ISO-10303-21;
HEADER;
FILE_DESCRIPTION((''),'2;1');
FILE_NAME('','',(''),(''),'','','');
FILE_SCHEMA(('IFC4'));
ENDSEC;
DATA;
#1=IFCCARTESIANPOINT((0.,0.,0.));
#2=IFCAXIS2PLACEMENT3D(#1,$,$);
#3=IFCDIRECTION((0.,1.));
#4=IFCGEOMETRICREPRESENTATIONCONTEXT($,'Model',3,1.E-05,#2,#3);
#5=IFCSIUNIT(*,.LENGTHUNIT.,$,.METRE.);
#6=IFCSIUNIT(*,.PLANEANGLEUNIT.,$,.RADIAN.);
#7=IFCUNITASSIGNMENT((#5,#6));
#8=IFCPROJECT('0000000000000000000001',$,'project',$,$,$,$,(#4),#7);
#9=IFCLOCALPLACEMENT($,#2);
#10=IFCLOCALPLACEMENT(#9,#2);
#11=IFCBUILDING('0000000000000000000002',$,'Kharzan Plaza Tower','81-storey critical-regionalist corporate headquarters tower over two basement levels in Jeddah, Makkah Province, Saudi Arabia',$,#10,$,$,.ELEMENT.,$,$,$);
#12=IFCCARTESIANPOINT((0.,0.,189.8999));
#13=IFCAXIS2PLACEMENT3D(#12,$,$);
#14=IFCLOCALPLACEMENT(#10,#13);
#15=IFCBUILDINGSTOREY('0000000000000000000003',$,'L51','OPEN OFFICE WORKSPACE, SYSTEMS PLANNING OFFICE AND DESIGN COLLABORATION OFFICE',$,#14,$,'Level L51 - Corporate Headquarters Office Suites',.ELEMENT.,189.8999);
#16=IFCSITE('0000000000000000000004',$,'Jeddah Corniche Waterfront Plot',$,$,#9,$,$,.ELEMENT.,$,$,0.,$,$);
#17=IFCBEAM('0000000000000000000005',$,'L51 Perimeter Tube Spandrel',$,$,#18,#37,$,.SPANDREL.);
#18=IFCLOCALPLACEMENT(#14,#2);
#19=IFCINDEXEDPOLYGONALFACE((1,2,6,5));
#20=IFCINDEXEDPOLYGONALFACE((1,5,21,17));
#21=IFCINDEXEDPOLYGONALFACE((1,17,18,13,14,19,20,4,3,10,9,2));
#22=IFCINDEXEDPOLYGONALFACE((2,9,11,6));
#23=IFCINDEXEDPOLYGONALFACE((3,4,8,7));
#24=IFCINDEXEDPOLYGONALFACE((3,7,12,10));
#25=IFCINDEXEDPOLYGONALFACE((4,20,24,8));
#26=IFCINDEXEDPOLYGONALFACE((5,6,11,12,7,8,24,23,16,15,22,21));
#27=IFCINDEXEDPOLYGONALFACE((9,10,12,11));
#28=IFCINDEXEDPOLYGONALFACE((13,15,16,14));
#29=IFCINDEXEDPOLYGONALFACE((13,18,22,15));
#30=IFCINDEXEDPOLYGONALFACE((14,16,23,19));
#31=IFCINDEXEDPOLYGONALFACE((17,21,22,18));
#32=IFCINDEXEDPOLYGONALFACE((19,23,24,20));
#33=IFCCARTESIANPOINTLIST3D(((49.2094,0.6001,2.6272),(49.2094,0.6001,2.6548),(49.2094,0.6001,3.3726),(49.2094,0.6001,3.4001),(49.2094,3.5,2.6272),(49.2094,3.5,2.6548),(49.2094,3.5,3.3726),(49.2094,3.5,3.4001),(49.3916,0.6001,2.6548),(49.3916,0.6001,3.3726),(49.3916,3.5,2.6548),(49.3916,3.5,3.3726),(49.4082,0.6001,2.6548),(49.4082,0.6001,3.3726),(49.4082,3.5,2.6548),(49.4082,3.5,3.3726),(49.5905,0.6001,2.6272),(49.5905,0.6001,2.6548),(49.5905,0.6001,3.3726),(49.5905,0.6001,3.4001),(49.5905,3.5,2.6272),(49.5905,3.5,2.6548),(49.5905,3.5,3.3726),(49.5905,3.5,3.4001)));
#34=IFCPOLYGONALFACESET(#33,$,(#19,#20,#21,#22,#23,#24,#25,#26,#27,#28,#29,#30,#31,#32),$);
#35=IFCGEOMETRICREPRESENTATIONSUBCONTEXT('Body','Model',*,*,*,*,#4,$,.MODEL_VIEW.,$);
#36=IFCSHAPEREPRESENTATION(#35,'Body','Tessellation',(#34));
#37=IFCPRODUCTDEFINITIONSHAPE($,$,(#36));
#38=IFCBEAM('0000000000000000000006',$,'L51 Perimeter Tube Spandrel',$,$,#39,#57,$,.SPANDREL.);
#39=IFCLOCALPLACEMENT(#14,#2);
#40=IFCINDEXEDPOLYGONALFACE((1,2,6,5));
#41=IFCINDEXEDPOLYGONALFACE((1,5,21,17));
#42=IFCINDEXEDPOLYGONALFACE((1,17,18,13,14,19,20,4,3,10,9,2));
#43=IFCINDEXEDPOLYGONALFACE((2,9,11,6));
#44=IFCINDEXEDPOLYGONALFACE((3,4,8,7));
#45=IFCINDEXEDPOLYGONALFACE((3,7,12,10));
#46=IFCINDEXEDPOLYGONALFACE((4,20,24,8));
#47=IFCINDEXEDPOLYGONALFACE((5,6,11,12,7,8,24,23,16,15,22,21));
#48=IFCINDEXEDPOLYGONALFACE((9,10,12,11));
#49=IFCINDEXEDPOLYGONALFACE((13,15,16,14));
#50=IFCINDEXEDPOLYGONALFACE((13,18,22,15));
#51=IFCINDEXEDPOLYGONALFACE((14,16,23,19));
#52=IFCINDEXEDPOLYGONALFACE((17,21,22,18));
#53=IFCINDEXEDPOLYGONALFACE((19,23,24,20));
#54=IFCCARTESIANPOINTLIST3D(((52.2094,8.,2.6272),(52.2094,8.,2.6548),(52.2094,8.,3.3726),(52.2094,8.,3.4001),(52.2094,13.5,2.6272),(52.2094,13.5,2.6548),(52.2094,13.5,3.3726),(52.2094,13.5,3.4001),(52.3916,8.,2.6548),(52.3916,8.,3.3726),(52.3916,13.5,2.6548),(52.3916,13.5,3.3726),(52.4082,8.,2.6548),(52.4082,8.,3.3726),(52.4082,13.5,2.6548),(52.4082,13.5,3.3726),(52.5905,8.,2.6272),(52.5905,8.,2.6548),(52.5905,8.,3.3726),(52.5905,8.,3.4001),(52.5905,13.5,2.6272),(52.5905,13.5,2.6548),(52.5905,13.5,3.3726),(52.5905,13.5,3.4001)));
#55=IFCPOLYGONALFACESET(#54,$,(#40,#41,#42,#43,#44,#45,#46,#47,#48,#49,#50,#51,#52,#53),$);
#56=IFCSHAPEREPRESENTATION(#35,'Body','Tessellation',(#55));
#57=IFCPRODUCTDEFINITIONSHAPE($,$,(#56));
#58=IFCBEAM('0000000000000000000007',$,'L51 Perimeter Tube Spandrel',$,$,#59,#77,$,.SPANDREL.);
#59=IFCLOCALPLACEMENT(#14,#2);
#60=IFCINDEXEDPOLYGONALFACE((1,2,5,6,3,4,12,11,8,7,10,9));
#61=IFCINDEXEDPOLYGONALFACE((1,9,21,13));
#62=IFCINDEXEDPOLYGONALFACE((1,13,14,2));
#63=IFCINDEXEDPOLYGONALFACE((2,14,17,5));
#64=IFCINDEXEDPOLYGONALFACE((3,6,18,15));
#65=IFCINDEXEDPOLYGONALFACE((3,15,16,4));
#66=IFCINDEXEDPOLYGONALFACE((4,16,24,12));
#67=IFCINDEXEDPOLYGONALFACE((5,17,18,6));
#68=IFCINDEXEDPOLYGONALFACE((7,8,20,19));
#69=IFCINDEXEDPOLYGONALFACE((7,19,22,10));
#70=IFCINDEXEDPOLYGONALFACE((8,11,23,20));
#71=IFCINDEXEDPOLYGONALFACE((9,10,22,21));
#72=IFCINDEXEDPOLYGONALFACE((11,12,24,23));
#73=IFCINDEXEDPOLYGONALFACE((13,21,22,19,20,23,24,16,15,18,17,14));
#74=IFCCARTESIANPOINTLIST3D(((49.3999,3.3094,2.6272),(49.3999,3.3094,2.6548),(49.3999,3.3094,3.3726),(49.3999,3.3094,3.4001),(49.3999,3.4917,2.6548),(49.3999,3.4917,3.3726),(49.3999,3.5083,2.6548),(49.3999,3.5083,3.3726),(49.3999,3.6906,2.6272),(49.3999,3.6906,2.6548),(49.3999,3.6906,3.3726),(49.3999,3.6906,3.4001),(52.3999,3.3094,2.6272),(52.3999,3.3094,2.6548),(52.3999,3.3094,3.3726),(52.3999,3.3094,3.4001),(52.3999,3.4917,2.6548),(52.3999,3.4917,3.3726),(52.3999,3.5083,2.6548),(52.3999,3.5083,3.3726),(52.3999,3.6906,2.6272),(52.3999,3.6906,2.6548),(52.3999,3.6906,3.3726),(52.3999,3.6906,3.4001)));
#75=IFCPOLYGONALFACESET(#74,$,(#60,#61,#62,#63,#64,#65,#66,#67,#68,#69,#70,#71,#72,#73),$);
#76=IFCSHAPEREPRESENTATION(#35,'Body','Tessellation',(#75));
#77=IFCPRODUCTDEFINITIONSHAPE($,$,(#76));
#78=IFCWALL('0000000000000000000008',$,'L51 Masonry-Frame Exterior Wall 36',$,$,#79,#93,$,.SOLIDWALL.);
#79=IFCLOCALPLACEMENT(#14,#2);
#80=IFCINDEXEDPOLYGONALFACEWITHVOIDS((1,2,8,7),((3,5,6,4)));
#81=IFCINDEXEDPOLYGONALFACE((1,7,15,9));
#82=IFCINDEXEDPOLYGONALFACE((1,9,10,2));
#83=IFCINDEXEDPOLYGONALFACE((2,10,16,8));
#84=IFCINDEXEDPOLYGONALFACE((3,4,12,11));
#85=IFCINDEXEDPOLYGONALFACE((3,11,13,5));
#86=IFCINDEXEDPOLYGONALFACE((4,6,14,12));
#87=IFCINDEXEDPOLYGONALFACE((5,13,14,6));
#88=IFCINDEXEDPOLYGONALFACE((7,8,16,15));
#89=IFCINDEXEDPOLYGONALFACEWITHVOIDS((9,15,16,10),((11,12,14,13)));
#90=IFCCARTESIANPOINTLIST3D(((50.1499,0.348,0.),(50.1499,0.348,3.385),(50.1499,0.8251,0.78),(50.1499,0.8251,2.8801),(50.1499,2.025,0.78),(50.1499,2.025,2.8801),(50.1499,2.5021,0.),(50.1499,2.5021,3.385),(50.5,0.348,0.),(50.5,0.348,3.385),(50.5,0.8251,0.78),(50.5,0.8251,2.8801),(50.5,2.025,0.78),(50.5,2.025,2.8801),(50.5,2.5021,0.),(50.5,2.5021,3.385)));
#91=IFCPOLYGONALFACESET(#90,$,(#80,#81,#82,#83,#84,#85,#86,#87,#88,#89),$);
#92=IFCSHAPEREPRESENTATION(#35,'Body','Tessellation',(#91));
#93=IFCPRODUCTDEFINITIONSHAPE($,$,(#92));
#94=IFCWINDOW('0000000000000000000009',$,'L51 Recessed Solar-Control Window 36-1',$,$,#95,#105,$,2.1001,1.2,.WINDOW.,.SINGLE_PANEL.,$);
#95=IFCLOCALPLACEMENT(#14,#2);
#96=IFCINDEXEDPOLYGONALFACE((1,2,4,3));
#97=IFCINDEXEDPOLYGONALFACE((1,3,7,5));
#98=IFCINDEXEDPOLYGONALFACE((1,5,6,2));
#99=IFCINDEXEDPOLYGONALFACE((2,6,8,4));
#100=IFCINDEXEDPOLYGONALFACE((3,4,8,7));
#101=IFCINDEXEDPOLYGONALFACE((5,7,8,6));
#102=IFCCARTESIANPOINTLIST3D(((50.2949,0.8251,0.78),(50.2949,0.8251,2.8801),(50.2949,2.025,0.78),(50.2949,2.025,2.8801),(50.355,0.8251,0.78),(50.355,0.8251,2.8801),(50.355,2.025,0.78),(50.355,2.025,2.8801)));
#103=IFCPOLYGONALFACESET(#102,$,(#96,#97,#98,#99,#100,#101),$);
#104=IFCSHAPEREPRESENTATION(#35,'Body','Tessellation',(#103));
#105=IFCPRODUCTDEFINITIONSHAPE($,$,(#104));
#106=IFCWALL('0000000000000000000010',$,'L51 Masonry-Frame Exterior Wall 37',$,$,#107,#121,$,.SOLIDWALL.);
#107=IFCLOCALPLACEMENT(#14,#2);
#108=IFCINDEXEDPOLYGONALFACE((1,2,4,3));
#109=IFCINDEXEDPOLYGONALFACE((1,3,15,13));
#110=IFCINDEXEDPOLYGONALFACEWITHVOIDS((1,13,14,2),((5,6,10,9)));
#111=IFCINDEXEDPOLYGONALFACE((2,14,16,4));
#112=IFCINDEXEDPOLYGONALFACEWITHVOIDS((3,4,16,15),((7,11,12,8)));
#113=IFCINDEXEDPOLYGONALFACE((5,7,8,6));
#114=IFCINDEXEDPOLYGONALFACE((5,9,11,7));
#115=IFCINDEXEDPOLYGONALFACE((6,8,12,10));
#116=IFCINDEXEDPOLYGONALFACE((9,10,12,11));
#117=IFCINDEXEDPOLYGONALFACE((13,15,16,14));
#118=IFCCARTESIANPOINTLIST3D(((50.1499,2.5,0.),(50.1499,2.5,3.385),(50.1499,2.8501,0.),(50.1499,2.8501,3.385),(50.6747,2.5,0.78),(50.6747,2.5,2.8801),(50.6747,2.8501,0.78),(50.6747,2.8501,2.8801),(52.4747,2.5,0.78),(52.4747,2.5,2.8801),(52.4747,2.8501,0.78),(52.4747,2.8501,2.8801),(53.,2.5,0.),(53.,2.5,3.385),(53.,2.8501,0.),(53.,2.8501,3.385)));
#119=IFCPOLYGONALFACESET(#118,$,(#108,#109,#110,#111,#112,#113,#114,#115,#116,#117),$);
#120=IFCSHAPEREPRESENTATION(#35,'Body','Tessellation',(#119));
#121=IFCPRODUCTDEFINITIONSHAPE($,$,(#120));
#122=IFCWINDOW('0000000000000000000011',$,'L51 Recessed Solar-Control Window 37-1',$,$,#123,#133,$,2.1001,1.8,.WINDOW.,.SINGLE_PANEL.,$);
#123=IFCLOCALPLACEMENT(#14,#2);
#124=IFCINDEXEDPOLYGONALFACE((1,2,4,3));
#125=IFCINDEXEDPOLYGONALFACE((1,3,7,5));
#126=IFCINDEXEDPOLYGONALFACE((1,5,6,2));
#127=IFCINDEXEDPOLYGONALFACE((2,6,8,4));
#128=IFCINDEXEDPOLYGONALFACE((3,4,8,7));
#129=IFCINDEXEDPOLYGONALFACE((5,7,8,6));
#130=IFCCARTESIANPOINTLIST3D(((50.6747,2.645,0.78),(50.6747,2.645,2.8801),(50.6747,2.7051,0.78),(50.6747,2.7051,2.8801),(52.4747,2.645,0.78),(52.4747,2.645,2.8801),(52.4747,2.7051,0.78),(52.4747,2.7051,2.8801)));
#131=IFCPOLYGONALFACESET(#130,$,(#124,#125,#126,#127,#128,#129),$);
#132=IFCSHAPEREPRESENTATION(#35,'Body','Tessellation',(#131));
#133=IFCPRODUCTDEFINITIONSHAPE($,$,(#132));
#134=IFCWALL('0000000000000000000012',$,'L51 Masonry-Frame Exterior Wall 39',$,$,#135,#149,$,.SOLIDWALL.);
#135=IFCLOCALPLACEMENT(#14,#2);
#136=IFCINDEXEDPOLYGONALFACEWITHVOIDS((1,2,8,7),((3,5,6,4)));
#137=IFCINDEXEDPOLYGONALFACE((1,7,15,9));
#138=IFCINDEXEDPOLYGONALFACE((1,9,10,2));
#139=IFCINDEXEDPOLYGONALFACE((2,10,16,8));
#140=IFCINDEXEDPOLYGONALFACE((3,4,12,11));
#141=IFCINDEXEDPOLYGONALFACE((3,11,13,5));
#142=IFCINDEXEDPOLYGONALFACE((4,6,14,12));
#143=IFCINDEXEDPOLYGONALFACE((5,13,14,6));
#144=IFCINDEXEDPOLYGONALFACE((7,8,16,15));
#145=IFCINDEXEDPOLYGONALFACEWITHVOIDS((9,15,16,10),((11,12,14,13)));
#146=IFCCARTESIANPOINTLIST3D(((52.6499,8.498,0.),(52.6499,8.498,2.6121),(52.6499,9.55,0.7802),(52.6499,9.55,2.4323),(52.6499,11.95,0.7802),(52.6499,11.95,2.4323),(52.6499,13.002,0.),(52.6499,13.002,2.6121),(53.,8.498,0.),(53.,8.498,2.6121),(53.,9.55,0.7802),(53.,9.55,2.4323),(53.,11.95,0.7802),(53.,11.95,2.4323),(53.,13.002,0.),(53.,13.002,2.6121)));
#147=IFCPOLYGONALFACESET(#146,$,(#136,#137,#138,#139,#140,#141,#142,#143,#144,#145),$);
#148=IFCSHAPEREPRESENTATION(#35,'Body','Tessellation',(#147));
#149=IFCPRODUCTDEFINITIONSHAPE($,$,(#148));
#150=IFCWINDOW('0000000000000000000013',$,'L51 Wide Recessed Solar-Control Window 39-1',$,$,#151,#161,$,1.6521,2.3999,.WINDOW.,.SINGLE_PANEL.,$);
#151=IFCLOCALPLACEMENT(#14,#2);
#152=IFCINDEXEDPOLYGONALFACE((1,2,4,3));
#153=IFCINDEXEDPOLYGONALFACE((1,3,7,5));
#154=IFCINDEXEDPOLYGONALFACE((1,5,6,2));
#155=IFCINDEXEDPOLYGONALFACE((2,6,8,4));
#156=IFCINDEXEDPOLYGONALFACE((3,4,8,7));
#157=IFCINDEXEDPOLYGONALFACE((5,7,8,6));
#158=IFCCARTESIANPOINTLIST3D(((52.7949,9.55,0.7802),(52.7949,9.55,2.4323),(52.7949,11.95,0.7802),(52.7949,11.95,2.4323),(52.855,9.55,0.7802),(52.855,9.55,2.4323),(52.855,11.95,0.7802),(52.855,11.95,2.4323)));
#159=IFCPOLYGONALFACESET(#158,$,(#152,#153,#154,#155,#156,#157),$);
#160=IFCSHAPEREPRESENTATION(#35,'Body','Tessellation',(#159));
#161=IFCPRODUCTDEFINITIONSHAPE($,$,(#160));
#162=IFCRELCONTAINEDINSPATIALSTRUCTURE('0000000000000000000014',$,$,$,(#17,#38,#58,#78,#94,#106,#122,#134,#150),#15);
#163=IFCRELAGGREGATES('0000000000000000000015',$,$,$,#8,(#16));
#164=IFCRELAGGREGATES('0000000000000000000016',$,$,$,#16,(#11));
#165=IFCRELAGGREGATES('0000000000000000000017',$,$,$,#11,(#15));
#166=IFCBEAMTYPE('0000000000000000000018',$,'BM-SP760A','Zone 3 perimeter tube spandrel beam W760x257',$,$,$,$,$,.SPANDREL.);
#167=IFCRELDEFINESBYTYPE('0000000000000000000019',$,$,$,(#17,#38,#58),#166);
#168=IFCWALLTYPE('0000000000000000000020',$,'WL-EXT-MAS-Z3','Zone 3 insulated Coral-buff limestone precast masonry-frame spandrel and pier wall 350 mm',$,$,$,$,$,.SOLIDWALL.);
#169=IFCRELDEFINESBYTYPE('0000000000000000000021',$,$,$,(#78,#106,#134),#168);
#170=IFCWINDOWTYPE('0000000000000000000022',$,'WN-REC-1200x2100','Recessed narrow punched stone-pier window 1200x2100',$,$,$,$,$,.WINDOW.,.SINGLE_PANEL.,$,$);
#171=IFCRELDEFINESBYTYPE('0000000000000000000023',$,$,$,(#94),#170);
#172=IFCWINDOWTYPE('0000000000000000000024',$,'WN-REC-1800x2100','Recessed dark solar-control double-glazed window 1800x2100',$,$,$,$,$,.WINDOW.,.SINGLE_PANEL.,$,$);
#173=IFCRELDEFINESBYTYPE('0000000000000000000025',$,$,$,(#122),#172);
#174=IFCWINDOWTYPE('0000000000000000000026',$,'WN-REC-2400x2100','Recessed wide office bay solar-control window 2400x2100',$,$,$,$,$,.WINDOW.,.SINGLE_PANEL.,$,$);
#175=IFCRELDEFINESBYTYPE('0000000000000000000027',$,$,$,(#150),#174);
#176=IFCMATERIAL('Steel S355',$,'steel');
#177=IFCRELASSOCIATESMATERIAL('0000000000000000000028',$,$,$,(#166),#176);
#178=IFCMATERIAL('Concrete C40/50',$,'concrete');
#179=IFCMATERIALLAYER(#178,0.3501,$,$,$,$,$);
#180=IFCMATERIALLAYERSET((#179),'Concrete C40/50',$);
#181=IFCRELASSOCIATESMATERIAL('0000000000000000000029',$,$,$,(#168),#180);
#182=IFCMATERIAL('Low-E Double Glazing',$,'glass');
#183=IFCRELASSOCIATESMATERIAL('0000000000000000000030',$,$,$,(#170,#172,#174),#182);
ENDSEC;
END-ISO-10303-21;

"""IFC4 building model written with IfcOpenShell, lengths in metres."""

from ifc_helpers import new_model, si_unit, direction, frame, frame_2d, origin, origin_2d, place, context, subcontext, project, spatial, rectangle, i_section, extrude, source, transform, mapped, material, layer, layer_set, material_profile, profile_set, type_object, element, fill, save


model = new_model("IFC4")

# Units and contexts
model_context = context("Model", 3, precision=1e-05, world=origin(), true_north=direction((0.0, 1.0)))
body_context = subcontext(model_context, "Body", "Model", "MODEL_VIEW")
ifc_project = project(units=[si_unit("LENGTHUNIT", "METRE"), si_unit("PLANEANGLEUNIT", "RADIAN")], contexts=[model_context])

# Site, building, storey
site_placement = place(None, origin())
site = spatial("IfcSite", under=ifc_project, at=site_placement, Name="Jeddah Corniche Waterfront Plot", CompositionType="ELEMENT", RefElevation=0.0)
building_placement = place(site_placement, origin())
building = spatial("IfcBuilding", under=site, at=building_placement, Name="Kharzan Plaza Tower", Description="81-storey critical-regionalist corporate headquarters tower over two basement levels in Jeddah, Makkah Province, Saudi Arabia", CompositionType="ELEMENT")
storey_placement = place(building_placement, frame((0.0, 0.0, 189.8999)))
storey = spatial("IfcBuildingStorey", under=building, at=storey_placement, Name="L51", Description="OPEN OFFICE WORKSPACE, SYSTEMS PLANNING OFFICE AND DESIGN COLLABORATION OFFICE", LongName="Level L51 - Corporate Headquarters Office Suites", CompositionType="ELEMENT", Elevation=189.8999)

# Beams
ifc_material_1 = material(Name="Steel S355", Category="steel")
ifc_material_profile_1 = material_profile(ifc_material_1, i_section(OverallWidth=0.3811, OverallDepth=0.7729, WebThickness=0.0166, FlangeThickness=0.0276, at=origin_2d()), Name="W760x257")
ifc_profile_set_1 = profile_set([ifc_material_profile_1], Name="Steel S355")
beam_type_1 = type_object("IfcBeamType", Name="BM-SP760A", Description="Zone 3 perimeter tube spandrel beam W760x257", PredefinedType="SPANDREL", material=ifc_profile_set_1)
shared_shape_1 = source(origin(), body_context, "Body", "SweptSolid", [
    extrude(i_section(OverallWidth=0.3811, OverallDepth=0.7729, WebThickness=0.0166, FlangeThickness=0.0276, at=origin_2d()), origin(), (0.0, 0.0, 1.0), 2.8999),
])
beam_1_placement = place(storey_placement, frame((49.3999, 0.6001, 3.0137), z_axis=(0.0, 1.0, 0.0), x_axis=(-1.0, 0.0, 0.0)))
element("IfcBeam", 1, at=beam_1_placement, inside=storey, type_object=beam_type_1, Name="L51 Perimeter Tube Spandrel", PredefinedType="SPANDREL", context=body_context, shape_type="MappedRepresentation", body=[
    mapped(shared_shape_1, transform((0.0, 0.0, 0.0), x_axis=(1.0, 0.0, 0.0), y_axis=(0.0, 1.0, 0.0), z_axis=(0.0, 0.0, 1.0))),
])
shared_shape_2 = source(origin(), body_context, "Body", "SweptSolid", [
    extrude(i_section(OverallWidth=0.3811, OverallDepth=0.7729, WebThickness=0.0166, FlangeThickness=0.0276, at=origin_2d()), origin(), (0.0, 0.0, 1.0), 5.5),
])
beam_2_placement = place(storey_placement, frame((52.3999, 8.0, 3.0137), z_axis=(0.0, 1.0, 0.0), x_axis=(-1.0, 0.0, 0.0)))
element("IfcBeam", 2, at=beam_2_placement, inside=storey, type_object=beam_type_1, Name="L51 Perimeter Tube Spandrel", PredefinedType="SPANDREL", context=body_context, shape_type="MappedRepresentation", body=[
    mapped(shared_shape_2, transform((0.0, 0.0, 0.0), x_axis=(1.0, 0.0, 0.0), y_axis=(0.0, 1.0, 0.0), z_axis=(0.0, 0.0, 1.0))),
])
shared_shape_3 = source(origin(), body_context, "Body", "SweptSolid", [
    extrude(i_section(OverallWidth=0.3811, OverallDepth=0.7729, WebThickness=0.0166, FlangeThickness=0.0276, at=origin_2d()), origin(), (0.0, 0.0, 1.0), 3.0),
])
beam_3_placement = place(storey_placement, frame((49.3999, 3.5, 3.0137), z_axis=(1.0, 0.0, 0.0), x_axis=(0.0, 1.0, 0.0)))
element("IfcBeam", 3, at=beam_3_placement, inside=storey, type_object=beam_type_1, Name="L51 Perimeter Tube Spandrel", PredefinedType="SPANDREL", context=body_context, shape_type="MappedRepresentation", body=[
    mapped(shared_shape_3, transform((0.0, 0.0, 0.0), x_axis=(1.0, 0.0, 0.0), y_axis=(0.0, 1.0, 0.0), z_axis=(0.0, 0.0, 1.0))),
])

# Walls, openings, windows
ifc_material_2 = material(Name="Concrete C40/50", Category="concrete")
ifc_layer_1 = layer(ifc_material_2, 0.3501)
ifc_layer_set_1 = layer_set([ifc_layer_1], Name="Concrete C40/50")
wall_type_1 = type_object("IfcWallType", Name="WL-EXT-MAS-Z3", Description="Zone 3 insulated Coral-buff limestone precast masonry-frame spandrel and pier wall 350 mm", PredefinedType="SOLIDWALL", material=ifc_layer_set_1)
wall_1_placement = place(storey_placement, frame((50.325, 0.3479, 0.0), z_axis=(0.0, 0.0, 1.0), x_axis=(0.0, 1.0, 0.0)))
wall_1 = element("IfcWall", 4, at=wall_1_placement, inside=storey, type_object=wall_type_1, Name="L51 Masonry-Frame Exterior Wall 36", PredefinedType="SOLIDWALL", context=body_context, shape_type="SweptSolid", body=[
    extrude(rectangle(XDim=2.1541, YDim=0.3501, at=frame_2d((1.0771, 0.0))), origin(), (0.0, 0.0, 1.0), 3.385),
])
opening_1_placement = place(wall_1_placement, frame((0.4771, 0.0, 0.78)))
opening_1 = element("IfcOpeningElement", 5, at=opening_1_placement, cuts=wall_1, PredefinedType="OPENING", context=body_context, shape_type="SweptSolid", body=[
    extrude(rectangle(XDim=1.2, YDim=2.1001, at=frame_2d((0.6001, 1.05))), frame((0.0, 0.1851, 0.0), z_axis=(0.0, -1.0, 0.0), x_axis=(1.0, 0.0, 0.0)), (0.0, 0.0, 1.0), 0.3701),
])
ifc_material_3 = material(Name="Low-E Double Glazing", Category="glass")
window_type_1 = type_object("IfcWindowType", Name="WN-REC-1200x2100", Description="Recessed narrow punched stone-pier window 1200x2100", PartitioningType="SINGLE_PANEL", PredefinedType="WINDOW", material=ifc_material_3)
shared_shape_4 = source(origin(), body_context, "Body", "SweptSolid", [
    extrude(rectangle(XDim=1.2, YDim=2.1001, at=frame_2d((0.6001, 1.05))), frame((0.0, 0.03, 0.0), z_axis=(0.0, -1.0, 0.0), x_axis=(1.0, 0.0, 0.0)), (0.0, 0.0, 1.0), 0.0601),
])
window_1_placement = place(opening_1_placement, origin())
window_1 = element("IfcWindow", 6, at=window_1_placement, inside=storey, type_object=window_type_1, Name="L51 Recessed Solar-Control Window 36-1", OverallHeight=2.1001, OverallWidth=1.2, PartitioningType="SINGLE_PANEL", PredefinedType="WINDOW", context=body_context, shape_type="MappedRepresentation", body=[
    mapped(shared_shape_4, transform((0.0, 0.0, 0.0), x_axis=(1.0, 0.0, 0.0), y_axis=(0.0, 1.0, 0.0), z_axis=(0.0, 0.0, 1.0))),
])
fill(opening_1, window_1)
wall_2_placement = place(storey_placement, frame((50.1499, 2.675, 0.0), z_axis=(0.0, 0.0, 1.0), x_axis=(1.0, 0.0, 0.0)))
wall_2 = element("IfcWall", 7, at=wall_2_placement, inside=storey, type_object=wall_type_1, Name="L51 Masonry-Frame Exterior Wall 37", PredefinedType="SOLIDWALL", context=body_context, shape_type="SweptSolid", body=[
    extrude(rectangle(XDim=2.8501, YDim=0.3501, at=frame_2d((1.425, 0.0))), origin(), (0.0, 0.0, 1.0), 3.385),
])
opening_2_placement = place(wall_2_placement, frame((0.5249, 0.0, 0.78)))
opening_2 = element("IfcOpeningElement", 8, at=opening_2_placement, cuts=wall_2, PredefinedType="OPENING", context=body_context, shape_type="SweptSolid", body=[
    extrude(rectangle(XDim=1.8, YDim=2.1001, at=frame_2d((0.8999, 1.05))), frame((0.0, 0.1851, 0.0), z_axis=(0.0, -1.0, 0.0), x_axis=(1.0, 0.0, 0.0)), (0.0, 0.0, 1.0), 0.3701),
])
window_type_2 = type_object("IfcWindowType", Name="WN-REC-1800x2100", Description="Recessed dark solar-control double-glazed window 1800x2100", PartitioningType="SINGLE_PANEL", PredefinedType="WINDOW", material=ifc_material_3)
shared_shape_5 = source(origin(), body_context, "Body", "SweptSolid", [
    extrude(rectangle(XDim=1.8, YDim=2.1001, at=frame_2d((0.8999, 1.05))), frame((0.0, 0.03, 0.0), z_axis=(0.0, -1.0, 0.0), x_axis=(1.0, 0.0, 0.0)), (0.0, 0.0, 1.0), 0.0601),
])
window_2_placement = place(opening_2_placement, origin())
window_2 = element("IfcWindow", 9, at=window_2_placement, inside=storey, type_object=window_type_2, Name="L51 Recessed Solar-Control Window 37-1", OverallHeight=2.1001, OverallWidth=1.8, PartitioningType="SINGLE_PANEL", PredefinedType="WINDOW", context=body_context, shape_type="MappedRepresentation", body=[
    mapped(shared_shape_5, transform((0.0, 0.0, 0.0), x_axis=(1.0, 0.0, 0.0), y_axis=(0.0, 1.0, 0.0), z_axis=(0.0, 0.0, 1.0))),
])
fill(opening_2, window_2)
wall_3_placement = place(storey_placement, frame((52.825, 8.498, 0.0), z_axis=(0.0, 0.0, 1.0), x_axis=(0.0, 1.0, 0.0)))
wall_3 = element("IfcWall", 10, at=wall_3_placement, inside=storey, type_object=wall_type_1, Name="L51 Masonry-Frame Exterior Wall 39", PredefinedType="SOLIDWALL", context=body_context, shape_type="SweptSolid", body=[
    extrude(rectangle(XDim=4.5039, YDim=0.3501, at=frame_2d((2.252, 0.0))), origin(), (0.0, 0.0, 1.0), 2.6121),
])
opening_3_placement = place(wall_3_placement, frame((1.052, 0.0, 0.78)))
opening_3 = element("IfcOpeningElement", 11, at=opening_3_placement, cuts=wall_3, PredefinedType="OPENING", context=body_context, shape_type="SweptSolid", body=[
    extrude(rectangle(XDim=2.3999, YDim=1.6521, at=frame_2d((1.2, 0.8262))), frame((0.0, 0.1851, 0.0), z_axis=(0.0, -1.0, 0.0), x_axis=(1.0, 0.0, 0.0)), (0.0, 0.0, 1.0), 0.3701),
])
window_type_3 = type_object("IfcWindowType", Name="WN-REC-2400x2100", Description="Recessed wide office bay solar-control window 2400x2100", PartitioningType="SINGLE_PANEL", PredefinedType="WINDOW", material=ifc_material_3)
shared_shape_6 = source(origin(), body_context, "Body", "SweptSolid", [
    extrude(rectangle(XDim=2.3999, YDim=1.6521, at=frame_2d((1.2, 0.8262))), frame((0.0, 0.03, 0.0), z_axis=(0.0, -1.0, 0.0), x_axis=(1.0, 0.0, 0.0)), (0.0, 0.0, 1.0), 0.0601),
])
window_3_placement = place(opening_3_placement, origin())
window_3 = element("IfcWindow", 12, at=window_3_placement, inside=storey, type_object=window_type_3, Name="L51 Wide Recessed Solar-Control Window 39-1", OverallHeight=1.6521, OverallWidth=2.3999, PartitioningType="SINGLE_PANEL", PredefinedType="WINDOW", context=body_context, shape_type="MappedRepresentation", body=[
    mapped(shared_shape_6, transform((0.0, 0.0, 0.0), x_axis=(1.0, 0.0, 0.0), y_axis=(0.0, 1.0, 0.0), z_axis=(0.0, 0.0, 1.0))),
])
fill(opening_3, window_3)

save(model, "model.ifc")
